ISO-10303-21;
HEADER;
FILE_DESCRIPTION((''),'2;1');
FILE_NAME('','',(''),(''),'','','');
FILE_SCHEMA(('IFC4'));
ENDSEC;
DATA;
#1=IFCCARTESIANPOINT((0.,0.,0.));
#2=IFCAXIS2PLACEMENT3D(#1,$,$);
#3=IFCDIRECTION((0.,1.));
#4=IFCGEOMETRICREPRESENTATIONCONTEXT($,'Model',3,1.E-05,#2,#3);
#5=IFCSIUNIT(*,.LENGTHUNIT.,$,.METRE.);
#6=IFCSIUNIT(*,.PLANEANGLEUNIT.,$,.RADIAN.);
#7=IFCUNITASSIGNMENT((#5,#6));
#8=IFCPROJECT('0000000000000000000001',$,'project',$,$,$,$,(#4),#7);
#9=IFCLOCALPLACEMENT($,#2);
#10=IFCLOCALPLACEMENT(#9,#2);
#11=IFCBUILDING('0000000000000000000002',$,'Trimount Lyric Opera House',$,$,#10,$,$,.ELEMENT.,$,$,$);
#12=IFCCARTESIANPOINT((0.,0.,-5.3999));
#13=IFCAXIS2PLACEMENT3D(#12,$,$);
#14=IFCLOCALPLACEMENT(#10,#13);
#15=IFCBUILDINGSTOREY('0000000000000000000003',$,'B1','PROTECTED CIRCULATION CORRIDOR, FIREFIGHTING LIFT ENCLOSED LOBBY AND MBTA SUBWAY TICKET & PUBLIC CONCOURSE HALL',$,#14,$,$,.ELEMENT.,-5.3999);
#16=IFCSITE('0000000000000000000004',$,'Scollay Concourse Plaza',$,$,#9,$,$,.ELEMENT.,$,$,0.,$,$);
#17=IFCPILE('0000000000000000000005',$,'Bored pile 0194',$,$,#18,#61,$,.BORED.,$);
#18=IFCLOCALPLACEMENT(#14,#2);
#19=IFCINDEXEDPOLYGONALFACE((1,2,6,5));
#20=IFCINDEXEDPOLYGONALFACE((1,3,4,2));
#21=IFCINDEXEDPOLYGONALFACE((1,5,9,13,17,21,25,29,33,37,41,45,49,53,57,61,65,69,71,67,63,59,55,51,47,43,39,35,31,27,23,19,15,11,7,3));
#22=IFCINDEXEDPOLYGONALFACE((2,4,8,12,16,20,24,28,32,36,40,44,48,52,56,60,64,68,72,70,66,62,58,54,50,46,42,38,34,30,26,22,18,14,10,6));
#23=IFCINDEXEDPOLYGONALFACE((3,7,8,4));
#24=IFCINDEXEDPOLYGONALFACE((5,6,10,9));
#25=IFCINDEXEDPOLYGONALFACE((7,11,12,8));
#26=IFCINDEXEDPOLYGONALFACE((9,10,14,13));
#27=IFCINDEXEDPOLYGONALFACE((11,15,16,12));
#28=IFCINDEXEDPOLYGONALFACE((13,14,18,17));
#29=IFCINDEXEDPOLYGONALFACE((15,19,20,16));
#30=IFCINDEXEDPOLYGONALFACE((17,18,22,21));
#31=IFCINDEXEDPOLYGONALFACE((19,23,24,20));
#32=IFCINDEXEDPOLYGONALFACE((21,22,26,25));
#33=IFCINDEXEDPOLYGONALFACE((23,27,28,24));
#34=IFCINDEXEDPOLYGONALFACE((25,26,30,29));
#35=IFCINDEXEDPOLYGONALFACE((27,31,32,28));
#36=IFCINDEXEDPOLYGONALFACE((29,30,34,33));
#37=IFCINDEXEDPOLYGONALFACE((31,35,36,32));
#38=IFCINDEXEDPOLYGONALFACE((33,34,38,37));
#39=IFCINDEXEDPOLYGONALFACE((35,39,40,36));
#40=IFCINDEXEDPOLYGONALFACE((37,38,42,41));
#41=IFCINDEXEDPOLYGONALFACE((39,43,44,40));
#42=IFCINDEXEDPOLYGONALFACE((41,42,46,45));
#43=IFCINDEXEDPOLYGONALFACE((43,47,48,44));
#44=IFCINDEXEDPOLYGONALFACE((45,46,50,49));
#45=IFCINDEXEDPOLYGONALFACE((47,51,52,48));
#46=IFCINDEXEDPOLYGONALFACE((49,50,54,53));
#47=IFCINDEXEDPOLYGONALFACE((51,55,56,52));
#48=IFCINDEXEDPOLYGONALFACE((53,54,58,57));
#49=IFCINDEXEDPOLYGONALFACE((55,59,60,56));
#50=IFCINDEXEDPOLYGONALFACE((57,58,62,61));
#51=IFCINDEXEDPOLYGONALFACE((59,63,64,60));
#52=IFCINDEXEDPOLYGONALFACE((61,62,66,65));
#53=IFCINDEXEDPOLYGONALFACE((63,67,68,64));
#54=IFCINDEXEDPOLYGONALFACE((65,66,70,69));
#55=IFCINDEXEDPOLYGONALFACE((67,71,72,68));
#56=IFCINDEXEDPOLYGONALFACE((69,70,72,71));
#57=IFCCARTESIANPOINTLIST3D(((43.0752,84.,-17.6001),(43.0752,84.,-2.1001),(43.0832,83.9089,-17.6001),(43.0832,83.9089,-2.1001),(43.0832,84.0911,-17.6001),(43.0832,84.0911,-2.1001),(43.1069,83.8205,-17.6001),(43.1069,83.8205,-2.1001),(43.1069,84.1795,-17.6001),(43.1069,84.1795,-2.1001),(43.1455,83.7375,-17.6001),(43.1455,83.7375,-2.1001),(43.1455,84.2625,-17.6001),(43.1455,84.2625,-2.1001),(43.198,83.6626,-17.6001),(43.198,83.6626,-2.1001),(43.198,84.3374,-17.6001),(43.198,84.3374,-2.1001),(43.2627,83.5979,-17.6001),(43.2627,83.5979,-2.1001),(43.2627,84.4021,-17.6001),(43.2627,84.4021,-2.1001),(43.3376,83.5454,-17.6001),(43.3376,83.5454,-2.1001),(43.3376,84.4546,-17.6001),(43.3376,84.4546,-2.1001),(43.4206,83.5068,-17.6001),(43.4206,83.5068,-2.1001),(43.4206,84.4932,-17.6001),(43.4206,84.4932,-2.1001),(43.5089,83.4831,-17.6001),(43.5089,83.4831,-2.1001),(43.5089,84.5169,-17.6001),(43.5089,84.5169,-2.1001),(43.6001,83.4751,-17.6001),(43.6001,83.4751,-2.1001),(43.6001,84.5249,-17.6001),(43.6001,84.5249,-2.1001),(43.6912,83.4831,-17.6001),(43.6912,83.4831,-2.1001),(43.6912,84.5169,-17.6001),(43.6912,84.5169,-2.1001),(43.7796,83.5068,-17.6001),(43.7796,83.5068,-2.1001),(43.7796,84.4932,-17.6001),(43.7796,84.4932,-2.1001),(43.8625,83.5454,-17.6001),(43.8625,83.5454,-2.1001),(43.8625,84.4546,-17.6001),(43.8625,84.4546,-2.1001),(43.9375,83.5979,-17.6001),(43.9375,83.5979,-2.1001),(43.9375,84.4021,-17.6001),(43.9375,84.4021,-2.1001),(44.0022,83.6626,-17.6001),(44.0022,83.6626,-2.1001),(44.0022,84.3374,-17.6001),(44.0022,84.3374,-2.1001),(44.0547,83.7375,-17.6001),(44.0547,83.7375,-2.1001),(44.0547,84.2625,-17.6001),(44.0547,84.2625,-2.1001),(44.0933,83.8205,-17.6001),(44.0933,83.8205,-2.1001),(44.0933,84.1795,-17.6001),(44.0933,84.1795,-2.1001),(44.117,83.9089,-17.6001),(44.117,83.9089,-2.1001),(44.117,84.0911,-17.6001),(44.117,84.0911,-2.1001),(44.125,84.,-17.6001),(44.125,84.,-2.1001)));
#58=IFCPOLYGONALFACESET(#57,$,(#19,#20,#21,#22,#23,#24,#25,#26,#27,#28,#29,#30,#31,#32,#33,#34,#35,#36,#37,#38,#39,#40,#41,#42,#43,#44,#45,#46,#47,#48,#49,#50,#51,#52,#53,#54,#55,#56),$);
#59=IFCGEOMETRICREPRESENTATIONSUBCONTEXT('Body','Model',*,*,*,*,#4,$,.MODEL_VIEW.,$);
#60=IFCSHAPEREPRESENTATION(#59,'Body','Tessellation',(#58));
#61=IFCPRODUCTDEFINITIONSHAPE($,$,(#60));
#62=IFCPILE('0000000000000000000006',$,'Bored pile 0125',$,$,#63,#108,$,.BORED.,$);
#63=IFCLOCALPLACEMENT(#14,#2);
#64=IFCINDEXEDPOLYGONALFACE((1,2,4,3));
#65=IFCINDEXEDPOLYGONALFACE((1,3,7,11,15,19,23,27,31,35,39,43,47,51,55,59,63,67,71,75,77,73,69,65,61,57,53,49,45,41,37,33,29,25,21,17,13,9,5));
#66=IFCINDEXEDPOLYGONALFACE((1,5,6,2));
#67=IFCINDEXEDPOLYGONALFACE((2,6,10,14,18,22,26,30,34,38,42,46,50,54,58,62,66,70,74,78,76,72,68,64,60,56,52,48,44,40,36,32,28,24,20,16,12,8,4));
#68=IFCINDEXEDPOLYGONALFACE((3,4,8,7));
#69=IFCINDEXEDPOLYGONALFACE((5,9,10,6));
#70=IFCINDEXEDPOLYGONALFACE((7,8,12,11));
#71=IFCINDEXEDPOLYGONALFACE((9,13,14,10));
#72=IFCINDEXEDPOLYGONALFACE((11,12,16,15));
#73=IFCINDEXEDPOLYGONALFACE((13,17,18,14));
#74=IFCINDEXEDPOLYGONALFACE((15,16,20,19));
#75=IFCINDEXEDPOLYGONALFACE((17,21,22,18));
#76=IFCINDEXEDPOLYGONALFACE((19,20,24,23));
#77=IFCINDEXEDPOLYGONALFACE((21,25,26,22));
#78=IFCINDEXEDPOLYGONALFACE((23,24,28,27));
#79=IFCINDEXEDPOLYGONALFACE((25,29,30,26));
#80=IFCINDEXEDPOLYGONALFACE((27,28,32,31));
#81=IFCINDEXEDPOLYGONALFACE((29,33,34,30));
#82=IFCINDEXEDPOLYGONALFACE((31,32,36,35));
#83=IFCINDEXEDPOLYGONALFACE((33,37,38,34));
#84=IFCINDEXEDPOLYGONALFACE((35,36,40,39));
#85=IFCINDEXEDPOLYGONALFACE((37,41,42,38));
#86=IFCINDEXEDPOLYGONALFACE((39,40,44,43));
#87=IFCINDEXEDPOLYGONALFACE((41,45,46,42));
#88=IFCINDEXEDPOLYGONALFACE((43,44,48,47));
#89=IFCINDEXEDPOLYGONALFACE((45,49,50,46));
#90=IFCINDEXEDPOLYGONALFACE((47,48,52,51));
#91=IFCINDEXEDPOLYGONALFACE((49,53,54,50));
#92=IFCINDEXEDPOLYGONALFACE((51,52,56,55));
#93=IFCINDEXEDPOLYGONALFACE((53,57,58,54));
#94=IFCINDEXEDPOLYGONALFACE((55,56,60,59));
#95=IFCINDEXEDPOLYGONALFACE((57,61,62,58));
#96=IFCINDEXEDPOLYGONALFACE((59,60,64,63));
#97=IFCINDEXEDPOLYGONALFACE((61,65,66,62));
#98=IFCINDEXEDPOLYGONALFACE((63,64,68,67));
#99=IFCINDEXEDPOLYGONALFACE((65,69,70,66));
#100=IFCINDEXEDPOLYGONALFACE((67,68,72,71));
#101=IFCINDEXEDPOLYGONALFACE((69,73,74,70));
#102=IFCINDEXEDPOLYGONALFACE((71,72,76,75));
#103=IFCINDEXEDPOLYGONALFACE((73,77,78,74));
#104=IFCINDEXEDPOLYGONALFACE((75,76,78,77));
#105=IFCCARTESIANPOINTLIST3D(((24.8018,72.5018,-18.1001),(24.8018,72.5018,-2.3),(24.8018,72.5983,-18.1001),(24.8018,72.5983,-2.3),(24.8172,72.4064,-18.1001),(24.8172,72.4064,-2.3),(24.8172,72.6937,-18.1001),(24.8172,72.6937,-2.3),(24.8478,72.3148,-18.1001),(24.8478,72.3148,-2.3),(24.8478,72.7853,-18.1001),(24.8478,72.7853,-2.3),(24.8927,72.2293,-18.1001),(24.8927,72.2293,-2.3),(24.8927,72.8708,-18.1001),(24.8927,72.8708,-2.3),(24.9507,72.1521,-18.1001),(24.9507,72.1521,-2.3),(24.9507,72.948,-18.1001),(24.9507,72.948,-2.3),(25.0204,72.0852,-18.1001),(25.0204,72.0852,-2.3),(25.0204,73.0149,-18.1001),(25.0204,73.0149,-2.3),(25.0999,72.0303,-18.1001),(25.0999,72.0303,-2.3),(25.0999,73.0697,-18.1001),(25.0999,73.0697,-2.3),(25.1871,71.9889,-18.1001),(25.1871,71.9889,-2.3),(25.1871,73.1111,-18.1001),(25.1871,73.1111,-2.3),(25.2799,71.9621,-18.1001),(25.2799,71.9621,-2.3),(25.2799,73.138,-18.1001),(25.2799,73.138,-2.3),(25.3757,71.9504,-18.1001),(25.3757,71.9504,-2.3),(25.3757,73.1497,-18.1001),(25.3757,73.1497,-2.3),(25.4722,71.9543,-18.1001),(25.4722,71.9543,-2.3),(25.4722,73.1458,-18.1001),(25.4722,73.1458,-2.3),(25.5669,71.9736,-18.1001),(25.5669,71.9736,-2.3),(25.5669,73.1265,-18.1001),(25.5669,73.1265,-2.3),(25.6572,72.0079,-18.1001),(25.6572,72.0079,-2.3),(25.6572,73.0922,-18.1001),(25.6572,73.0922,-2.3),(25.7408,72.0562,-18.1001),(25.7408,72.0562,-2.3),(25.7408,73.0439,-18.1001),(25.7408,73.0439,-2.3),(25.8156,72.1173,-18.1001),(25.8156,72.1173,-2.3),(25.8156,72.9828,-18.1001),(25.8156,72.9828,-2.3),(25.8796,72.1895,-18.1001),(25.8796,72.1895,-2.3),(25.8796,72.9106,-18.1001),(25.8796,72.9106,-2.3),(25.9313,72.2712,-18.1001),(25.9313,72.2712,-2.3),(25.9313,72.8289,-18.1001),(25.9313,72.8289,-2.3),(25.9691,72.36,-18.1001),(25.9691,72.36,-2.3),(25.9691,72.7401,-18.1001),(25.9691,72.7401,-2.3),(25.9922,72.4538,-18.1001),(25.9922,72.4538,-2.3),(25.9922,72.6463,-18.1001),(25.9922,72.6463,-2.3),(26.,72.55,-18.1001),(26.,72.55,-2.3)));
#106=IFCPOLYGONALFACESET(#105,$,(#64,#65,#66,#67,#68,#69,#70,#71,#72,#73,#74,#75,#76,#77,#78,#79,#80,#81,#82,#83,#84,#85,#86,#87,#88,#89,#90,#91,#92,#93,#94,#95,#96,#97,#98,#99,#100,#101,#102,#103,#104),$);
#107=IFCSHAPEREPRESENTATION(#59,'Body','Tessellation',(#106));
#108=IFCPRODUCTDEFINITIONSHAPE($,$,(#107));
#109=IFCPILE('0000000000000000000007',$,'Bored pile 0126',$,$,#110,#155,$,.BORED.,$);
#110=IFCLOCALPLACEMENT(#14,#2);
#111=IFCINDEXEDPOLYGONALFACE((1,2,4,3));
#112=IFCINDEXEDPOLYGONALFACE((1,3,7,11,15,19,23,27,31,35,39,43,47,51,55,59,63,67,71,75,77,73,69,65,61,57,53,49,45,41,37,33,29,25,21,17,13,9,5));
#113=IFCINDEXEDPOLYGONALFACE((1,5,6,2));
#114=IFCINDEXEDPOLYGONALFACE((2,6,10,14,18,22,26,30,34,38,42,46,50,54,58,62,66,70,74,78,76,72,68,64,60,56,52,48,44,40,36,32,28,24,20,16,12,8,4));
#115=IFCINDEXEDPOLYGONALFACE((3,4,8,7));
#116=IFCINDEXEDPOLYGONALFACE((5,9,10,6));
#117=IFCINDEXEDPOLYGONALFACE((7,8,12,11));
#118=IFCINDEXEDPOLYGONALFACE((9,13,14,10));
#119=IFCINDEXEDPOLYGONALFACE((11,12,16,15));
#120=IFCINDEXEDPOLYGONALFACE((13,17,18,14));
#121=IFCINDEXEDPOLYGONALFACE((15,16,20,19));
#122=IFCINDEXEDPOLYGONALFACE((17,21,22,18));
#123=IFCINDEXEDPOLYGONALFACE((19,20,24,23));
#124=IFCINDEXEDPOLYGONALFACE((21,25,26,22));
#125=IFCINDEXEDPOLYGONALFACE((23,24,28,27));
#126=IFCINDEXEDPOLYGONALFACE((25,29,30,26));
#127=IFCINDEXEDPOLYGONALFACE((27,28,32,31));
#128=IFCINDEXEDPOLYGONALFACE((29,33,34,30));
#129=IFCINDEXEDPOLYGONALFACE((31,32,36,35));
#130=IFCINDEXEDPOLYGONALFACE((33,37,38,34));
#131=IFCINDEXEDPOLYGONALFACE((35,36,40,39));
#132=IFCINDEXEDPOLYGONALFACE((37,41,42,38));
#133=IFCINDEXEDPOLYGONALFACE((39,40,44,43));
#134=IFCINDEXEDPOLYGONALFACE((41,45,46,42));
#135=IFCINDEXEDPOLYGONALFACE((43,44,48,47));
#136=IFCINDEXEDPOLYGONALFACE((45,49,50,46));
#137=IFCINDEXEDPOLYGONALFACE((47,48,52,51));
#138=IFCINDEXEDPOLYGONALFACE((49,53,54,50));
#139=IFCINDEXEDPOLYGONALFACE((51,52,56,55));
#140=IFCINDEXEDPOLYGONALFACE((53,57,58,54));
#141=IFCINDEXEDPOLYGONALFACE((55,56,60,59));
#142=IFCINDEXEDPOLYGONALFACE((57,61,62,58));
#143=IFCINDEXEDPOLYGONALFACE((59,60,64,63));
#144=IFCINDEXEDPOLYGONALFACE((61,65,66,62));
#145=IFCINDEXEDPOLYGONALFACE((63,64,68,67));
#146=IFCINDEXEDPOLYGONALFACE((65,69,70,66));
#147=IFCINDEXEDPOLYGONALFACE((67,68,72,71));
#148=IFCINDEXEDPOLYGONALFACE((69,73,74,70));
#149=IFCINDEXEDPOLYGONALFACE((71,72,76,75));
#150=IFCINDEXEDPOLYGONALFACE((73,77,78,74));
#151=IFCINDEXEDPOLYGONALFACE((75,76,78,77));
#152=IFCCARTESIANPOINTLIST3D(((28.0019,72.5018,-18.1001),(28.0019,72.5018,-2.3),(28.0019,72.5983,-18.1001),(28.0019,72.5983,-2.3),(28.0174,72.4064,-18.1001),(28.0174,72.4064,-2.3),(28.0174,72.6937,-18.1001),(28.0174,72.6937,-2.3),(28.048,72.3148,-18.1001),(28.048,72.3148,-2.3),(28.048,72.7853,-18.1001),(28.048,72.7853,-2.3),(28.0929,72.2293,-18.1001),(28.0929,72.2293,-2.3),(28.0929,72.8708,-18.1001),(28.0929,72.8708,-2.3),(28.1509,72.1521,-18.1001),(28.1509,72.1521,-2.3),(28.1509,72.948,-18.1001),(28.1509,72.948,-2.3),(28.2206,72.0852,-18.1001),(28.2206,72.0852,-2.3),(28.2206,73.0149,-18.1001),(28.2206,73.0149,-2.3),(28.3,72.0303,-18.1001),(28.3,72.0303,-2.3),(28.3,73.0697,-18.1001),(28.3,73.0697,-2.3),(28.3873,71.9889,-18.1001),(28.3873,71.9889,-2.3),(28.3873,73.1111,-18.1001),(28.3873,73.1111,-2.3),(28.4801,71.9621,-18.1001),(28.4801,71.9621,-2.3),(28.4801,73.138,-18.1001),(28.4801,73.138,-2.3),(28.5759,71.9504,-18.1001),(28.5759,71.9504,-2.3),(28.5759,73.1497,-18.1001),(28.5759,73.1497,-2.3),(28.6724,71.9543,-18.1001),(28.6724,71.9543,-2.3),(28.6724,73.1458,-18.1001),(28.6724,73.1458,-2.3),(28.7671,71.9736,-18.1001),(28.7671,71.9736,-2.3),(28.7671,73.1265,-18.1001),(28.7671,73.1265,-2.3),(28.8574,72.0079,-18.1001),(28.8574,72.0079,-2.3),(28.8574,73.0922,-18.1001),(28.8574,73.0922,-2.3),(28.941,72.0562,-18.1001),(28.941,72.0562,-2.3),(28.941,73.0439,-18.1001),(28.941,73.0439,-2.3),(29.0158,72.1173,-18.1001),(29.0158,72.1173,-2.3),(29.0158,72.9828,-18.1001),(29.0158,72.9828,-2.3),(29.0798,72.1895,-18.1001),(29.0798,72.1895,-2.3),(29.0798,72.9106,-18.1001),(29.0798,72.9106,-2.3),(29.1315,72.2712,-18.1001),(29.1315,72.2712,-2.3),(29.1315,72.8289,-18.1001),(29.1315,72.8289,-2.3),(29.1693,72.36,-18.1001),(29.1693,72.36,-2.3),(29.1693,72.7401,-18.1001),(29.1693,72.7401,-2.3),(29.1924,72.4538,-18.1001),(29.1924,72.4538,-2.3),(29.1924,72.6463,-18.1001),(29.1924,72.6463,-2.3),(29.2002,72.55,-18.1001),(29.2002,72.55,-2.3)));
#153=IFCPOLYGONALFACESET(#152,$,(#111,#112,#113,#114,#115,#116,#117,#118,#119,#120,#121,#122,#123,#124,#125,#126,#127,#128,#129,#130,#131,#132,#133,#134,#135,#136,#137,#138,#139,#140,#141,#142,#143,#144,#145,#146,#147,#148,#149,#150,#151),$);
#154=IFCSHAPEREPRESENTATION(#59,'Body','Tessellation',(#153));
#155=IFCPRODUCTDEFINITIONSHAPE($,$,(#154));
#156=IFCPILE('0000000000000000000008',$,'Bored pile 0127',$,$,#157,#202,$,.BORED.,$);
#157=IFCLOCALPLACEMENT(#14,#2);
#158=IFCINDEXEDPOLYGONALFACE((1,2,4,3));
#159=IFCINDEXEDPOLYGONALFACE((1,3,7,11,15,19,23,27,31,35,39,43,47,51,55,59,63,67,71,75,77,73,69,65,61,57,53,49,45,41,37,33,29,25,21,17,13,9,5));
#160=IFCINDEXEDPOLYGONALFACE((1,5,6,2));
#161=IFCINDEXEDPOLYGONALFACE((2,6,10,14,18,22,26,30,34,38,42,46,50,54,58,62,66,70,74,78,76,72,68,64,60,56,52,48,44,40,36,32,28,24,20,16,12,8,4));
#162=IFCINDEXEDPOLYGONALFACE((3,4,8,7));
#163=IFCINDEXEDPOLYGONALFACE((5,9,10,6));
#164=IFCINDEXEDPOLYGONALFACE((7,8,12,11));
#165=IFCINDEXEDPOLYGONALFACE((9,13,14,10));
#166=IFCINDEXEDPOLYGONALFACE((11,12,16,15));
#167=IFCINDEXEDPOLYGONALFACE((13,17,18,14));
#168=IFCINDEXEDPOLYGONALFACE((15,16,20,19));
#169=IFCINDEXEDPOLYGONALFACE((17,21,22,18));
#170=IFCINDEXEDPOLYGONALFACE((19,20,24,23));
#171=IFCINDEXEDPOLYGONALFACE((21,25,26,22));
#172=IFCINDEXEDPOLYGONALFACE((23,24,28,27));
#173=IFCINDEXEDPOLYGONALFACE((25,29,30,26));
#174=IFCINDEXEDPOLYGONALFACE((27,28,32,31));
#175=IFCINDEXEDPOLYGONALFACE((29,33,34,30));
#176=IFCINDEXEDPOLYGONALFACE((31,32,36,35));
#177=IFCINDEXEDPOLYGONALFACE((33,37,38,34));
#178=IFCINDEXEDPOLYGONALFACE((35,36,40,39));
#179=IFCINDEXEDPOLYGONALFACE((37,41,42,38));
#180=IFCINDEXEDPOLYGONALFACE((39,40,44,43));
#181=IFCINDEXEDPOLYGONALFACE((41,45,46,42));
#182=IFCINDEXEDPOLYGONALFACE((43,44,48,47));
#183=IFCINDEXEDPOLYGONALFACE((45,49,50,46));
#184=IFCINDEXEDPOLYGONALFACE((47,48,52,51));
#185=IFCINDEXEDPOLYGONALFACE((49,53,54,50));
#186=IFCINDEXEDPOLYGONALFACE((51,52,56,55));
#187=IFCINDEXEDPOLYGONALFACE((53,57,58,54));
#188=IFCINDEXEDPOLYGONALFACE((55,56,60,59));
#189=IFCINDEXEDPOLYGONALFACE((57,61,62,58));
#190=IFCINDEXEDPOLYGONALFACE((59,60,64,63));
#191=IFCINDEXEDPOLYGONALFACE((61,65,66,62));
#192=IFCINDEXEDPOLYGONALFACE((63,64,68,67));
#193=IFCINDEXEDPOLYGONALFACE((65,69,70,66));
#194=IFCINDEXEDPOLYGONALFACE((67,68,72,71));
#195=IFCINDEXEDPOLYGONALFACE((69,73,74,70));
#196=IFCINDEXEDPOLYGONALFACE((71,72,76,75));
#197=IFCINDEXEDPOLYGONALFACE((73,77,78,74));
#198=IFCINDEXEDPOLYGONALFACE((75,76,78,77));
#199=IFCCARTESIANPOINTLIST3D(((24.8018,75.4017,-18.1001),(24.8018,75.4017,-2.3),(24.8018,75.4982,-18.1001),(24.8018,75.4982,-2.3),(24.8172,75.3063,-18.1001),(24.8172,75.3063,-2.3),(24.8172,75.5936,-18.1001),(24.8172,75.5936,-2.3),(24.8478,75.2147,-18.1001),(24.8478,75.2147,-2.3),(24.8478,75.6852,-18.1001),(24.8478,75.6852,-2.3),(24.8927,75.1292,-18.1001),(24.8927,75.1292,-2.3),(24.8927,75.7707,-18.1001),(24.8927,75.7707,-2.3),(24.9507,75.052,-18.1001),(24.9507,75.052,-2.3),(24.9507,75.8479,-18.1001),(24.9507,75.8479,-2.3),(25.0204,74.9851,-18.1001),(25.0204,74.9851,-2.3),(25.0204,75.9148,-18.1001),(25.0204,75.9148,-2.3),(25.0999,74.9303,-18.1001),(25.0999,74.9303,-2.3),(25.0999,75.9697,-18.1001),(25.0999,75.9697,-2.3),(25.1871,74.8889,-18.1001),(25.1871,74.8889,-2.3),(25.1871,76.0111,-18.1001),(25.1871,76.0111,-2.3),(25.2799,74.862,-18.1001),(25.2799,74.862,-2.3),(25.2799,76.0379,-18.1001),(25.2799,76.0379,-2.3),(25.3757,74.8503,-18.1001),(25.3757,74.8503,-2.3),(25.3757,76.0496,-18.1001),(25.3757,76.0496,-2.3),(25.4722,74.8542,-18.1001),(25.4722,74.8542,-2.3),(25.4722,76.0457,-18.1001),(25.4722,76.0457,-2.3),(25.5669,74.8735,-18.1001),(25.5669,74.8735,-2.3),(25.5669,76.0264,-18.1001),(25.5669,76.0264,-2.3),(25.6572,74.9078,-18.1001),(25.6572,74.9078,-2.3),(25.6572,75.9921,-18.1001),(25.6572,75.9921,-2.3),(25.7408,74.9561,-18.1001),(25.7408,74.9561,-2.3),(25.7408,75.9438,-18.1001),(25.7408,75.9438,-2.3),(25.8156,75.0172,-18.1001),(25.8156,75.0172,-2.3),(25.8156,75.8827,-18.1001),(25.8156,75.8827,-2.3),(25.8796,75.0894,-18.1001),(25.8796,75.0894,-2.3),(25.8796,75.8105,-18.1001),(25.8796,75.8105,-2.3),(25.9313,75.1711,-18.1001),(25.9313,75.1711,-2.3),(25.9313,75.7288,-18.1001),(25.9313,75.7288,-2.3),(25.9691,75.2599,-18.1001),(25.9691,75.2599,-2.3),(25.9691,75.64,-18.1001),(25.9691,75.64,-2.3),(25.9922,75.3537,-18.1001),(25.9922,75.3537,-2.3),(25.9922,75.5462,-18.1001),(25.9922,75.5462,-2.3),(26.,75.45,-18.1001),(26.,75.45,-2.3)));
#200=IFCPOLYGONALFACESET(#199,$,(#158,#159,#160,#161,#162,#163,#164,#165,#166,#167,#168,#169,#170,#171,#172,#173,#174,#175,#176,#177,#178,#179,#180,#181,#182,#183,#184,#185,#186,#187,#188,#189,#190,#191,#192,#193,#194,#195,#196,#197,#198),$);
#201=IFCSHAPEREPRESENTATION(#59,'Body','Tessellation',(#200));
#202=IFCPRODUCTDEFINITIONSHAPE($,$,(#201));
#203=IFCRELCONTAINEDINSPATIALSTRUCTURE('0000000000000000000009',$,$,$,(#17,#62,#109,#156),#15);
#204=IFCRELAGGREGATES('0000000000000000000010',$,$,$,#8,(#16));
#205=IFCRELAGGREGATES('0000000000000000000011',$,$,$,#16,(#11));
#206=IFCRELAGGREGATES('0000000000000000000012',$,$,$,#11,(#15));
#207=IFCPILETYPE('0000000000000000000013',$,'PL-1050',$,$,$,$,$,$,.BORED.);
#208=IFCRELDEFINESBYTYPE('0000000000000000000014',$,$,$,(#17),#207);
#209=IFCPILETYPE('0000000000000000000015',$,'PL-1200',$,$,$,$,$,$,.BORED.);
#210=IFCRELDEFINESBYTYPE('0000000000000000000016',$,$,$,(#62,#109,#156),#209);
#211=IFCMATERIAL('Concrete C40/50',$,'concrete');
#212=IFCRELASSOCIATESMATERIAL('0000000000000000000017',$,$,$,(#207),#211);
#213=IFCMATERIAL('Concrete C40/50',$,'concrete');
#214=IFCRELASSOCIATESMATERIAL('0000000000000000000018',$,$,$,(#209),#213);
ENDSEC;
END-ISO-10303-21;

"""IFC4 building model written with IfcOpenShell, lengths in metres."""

from ifc_helpers import new_model, si_unit, direction, frame, origin, origin_2d, place, context, subcontext, project, spatial, circle, extrude, material, material_profile, profile_set, type_object, element, save


model = new_model("IFC4")

# Units and contexts
model_context = context("Model", 3, precision=1e-05, world=origin(), true_north=direction((0.0, 1.0)))
body_context = subcontext(model_context, "Body", "Model", "MODEL_VIEW")
ifc_project = project(units=[si_unit("LENGTHUNIT", "METRE"), si_unit("PLANEANGLEUNIT", "RADIAN")], contexts=[model_context])

# Site, building, storey
site_placement = place(None, origin())
site = spatial("IfcSite", under=ifc_project, at=site_placement, Name="Scollay Concourse Plaza", CompositionType="ELEMENT", RefElevation=0.0)
building_placement = place(site_placement, origin())
building = spatial("IfcBuilding", under=site, at=building_placement, Name="Trimount Lyric Opera House", CompositionType="ELEMENT")
storey_placement = place(building_placement, frame((0.0, 0.0, -5.3999)))
storey = spatial("IfcBuildingStorey", under=building, at=storey_placement, Name="B1", Description="PROTECTED CIRCULATION CORRIDOR, FIREFIGHTING LIFT ENCLOSED LOBBY AND MBTA SUBWAY TICKET & PUBLIC CONCOURSE HALL", CompositionType="ELEMENT", Elevation=-5.3999)

# Piles
ifc_material_1 = material(Name="Concrete C40/50", Category="concrete")
ifc_material_profile_1 = material_profile(ifc_material_1, circle(Radius=0.5249, at=origin_2d()), Name="PILE-D1050")
ifc_profile_set_1 = profile_set([ifc_material_profile_1], Name="Concrete C40/50")
pile_type_1 = type_object("IfcPileType", Name="PL-1050", PredefinedType="BORED", material=ifc_profile_set_1)
for number, where, z_axis, x_axis, name in (
    (1, (43.6001, 84.0, -2.1001), (0.0, 0.0, -1.0), (1.0, 0.0, 0.0), "Bored pile 0194"),
):
    element("IfcPile", number, at=place(storey_placement, frame(where, z_axis=z_axis, x_axis=x_axis)), inside=storey, type_object=pile_type_1, Name=name, PredefinedType="BORED", context=body_context, shape_type="SweptSolid", body=[
        extrude(circle(Radius=0.5249, at=origin_2d()), origin(), (0.0, 0.0, 1.0), 15.5),
    ])
ifc_material_2 = material(Name="Concrete C40/50", Category="concrete")
ifc_material_profile_2 = material_profile(ifc_material_2, circle(Radius=0.6001, at=origin_2d()), Name="PILE-D1200")
ifc_profile_set_2 = profile_set([ifc_material_profile_2], Name="Concrete C40/50")
pile_type_2 = type_object("IfcPileType", Name="PL-1200", PredefinedType="BORED", material=ifc_profile_set_2)
for number, where, z_axis, x_axis, name in (
    (2, (25.3999, 72.55, -2.3), (0.0, 0.0, -1.0), (1.0, 0.0, 0.0), "Bored pile 0125"),
    (3, (28.6001, 72.55, -2.3), (0.0, 0.0, -1.0), (1.0, 0.0, 0.0), "Bored pile 0126"),
    (4, (25.3999, 75.45, -2.3), (0.0, 0.0, -1.0), (1.0, 0.0, 0.0), "Bored pile 0127"),
):
    element("IfcPile", number, at=place(storey_placement, frame(where, z_axis=z_axis, x_axis=x_axis)), inside=storey, type_object=pile_type_2, Name=name, PredefinedType="BORED", context=body_context, shape_type="SweptSolid", body=[
        extrude(circle(Radius=0.6001, at=origin_2d()), origin(), (0.0, 0.0, 1.0), 15.8),
    ])

save(model, "model.ifc")
